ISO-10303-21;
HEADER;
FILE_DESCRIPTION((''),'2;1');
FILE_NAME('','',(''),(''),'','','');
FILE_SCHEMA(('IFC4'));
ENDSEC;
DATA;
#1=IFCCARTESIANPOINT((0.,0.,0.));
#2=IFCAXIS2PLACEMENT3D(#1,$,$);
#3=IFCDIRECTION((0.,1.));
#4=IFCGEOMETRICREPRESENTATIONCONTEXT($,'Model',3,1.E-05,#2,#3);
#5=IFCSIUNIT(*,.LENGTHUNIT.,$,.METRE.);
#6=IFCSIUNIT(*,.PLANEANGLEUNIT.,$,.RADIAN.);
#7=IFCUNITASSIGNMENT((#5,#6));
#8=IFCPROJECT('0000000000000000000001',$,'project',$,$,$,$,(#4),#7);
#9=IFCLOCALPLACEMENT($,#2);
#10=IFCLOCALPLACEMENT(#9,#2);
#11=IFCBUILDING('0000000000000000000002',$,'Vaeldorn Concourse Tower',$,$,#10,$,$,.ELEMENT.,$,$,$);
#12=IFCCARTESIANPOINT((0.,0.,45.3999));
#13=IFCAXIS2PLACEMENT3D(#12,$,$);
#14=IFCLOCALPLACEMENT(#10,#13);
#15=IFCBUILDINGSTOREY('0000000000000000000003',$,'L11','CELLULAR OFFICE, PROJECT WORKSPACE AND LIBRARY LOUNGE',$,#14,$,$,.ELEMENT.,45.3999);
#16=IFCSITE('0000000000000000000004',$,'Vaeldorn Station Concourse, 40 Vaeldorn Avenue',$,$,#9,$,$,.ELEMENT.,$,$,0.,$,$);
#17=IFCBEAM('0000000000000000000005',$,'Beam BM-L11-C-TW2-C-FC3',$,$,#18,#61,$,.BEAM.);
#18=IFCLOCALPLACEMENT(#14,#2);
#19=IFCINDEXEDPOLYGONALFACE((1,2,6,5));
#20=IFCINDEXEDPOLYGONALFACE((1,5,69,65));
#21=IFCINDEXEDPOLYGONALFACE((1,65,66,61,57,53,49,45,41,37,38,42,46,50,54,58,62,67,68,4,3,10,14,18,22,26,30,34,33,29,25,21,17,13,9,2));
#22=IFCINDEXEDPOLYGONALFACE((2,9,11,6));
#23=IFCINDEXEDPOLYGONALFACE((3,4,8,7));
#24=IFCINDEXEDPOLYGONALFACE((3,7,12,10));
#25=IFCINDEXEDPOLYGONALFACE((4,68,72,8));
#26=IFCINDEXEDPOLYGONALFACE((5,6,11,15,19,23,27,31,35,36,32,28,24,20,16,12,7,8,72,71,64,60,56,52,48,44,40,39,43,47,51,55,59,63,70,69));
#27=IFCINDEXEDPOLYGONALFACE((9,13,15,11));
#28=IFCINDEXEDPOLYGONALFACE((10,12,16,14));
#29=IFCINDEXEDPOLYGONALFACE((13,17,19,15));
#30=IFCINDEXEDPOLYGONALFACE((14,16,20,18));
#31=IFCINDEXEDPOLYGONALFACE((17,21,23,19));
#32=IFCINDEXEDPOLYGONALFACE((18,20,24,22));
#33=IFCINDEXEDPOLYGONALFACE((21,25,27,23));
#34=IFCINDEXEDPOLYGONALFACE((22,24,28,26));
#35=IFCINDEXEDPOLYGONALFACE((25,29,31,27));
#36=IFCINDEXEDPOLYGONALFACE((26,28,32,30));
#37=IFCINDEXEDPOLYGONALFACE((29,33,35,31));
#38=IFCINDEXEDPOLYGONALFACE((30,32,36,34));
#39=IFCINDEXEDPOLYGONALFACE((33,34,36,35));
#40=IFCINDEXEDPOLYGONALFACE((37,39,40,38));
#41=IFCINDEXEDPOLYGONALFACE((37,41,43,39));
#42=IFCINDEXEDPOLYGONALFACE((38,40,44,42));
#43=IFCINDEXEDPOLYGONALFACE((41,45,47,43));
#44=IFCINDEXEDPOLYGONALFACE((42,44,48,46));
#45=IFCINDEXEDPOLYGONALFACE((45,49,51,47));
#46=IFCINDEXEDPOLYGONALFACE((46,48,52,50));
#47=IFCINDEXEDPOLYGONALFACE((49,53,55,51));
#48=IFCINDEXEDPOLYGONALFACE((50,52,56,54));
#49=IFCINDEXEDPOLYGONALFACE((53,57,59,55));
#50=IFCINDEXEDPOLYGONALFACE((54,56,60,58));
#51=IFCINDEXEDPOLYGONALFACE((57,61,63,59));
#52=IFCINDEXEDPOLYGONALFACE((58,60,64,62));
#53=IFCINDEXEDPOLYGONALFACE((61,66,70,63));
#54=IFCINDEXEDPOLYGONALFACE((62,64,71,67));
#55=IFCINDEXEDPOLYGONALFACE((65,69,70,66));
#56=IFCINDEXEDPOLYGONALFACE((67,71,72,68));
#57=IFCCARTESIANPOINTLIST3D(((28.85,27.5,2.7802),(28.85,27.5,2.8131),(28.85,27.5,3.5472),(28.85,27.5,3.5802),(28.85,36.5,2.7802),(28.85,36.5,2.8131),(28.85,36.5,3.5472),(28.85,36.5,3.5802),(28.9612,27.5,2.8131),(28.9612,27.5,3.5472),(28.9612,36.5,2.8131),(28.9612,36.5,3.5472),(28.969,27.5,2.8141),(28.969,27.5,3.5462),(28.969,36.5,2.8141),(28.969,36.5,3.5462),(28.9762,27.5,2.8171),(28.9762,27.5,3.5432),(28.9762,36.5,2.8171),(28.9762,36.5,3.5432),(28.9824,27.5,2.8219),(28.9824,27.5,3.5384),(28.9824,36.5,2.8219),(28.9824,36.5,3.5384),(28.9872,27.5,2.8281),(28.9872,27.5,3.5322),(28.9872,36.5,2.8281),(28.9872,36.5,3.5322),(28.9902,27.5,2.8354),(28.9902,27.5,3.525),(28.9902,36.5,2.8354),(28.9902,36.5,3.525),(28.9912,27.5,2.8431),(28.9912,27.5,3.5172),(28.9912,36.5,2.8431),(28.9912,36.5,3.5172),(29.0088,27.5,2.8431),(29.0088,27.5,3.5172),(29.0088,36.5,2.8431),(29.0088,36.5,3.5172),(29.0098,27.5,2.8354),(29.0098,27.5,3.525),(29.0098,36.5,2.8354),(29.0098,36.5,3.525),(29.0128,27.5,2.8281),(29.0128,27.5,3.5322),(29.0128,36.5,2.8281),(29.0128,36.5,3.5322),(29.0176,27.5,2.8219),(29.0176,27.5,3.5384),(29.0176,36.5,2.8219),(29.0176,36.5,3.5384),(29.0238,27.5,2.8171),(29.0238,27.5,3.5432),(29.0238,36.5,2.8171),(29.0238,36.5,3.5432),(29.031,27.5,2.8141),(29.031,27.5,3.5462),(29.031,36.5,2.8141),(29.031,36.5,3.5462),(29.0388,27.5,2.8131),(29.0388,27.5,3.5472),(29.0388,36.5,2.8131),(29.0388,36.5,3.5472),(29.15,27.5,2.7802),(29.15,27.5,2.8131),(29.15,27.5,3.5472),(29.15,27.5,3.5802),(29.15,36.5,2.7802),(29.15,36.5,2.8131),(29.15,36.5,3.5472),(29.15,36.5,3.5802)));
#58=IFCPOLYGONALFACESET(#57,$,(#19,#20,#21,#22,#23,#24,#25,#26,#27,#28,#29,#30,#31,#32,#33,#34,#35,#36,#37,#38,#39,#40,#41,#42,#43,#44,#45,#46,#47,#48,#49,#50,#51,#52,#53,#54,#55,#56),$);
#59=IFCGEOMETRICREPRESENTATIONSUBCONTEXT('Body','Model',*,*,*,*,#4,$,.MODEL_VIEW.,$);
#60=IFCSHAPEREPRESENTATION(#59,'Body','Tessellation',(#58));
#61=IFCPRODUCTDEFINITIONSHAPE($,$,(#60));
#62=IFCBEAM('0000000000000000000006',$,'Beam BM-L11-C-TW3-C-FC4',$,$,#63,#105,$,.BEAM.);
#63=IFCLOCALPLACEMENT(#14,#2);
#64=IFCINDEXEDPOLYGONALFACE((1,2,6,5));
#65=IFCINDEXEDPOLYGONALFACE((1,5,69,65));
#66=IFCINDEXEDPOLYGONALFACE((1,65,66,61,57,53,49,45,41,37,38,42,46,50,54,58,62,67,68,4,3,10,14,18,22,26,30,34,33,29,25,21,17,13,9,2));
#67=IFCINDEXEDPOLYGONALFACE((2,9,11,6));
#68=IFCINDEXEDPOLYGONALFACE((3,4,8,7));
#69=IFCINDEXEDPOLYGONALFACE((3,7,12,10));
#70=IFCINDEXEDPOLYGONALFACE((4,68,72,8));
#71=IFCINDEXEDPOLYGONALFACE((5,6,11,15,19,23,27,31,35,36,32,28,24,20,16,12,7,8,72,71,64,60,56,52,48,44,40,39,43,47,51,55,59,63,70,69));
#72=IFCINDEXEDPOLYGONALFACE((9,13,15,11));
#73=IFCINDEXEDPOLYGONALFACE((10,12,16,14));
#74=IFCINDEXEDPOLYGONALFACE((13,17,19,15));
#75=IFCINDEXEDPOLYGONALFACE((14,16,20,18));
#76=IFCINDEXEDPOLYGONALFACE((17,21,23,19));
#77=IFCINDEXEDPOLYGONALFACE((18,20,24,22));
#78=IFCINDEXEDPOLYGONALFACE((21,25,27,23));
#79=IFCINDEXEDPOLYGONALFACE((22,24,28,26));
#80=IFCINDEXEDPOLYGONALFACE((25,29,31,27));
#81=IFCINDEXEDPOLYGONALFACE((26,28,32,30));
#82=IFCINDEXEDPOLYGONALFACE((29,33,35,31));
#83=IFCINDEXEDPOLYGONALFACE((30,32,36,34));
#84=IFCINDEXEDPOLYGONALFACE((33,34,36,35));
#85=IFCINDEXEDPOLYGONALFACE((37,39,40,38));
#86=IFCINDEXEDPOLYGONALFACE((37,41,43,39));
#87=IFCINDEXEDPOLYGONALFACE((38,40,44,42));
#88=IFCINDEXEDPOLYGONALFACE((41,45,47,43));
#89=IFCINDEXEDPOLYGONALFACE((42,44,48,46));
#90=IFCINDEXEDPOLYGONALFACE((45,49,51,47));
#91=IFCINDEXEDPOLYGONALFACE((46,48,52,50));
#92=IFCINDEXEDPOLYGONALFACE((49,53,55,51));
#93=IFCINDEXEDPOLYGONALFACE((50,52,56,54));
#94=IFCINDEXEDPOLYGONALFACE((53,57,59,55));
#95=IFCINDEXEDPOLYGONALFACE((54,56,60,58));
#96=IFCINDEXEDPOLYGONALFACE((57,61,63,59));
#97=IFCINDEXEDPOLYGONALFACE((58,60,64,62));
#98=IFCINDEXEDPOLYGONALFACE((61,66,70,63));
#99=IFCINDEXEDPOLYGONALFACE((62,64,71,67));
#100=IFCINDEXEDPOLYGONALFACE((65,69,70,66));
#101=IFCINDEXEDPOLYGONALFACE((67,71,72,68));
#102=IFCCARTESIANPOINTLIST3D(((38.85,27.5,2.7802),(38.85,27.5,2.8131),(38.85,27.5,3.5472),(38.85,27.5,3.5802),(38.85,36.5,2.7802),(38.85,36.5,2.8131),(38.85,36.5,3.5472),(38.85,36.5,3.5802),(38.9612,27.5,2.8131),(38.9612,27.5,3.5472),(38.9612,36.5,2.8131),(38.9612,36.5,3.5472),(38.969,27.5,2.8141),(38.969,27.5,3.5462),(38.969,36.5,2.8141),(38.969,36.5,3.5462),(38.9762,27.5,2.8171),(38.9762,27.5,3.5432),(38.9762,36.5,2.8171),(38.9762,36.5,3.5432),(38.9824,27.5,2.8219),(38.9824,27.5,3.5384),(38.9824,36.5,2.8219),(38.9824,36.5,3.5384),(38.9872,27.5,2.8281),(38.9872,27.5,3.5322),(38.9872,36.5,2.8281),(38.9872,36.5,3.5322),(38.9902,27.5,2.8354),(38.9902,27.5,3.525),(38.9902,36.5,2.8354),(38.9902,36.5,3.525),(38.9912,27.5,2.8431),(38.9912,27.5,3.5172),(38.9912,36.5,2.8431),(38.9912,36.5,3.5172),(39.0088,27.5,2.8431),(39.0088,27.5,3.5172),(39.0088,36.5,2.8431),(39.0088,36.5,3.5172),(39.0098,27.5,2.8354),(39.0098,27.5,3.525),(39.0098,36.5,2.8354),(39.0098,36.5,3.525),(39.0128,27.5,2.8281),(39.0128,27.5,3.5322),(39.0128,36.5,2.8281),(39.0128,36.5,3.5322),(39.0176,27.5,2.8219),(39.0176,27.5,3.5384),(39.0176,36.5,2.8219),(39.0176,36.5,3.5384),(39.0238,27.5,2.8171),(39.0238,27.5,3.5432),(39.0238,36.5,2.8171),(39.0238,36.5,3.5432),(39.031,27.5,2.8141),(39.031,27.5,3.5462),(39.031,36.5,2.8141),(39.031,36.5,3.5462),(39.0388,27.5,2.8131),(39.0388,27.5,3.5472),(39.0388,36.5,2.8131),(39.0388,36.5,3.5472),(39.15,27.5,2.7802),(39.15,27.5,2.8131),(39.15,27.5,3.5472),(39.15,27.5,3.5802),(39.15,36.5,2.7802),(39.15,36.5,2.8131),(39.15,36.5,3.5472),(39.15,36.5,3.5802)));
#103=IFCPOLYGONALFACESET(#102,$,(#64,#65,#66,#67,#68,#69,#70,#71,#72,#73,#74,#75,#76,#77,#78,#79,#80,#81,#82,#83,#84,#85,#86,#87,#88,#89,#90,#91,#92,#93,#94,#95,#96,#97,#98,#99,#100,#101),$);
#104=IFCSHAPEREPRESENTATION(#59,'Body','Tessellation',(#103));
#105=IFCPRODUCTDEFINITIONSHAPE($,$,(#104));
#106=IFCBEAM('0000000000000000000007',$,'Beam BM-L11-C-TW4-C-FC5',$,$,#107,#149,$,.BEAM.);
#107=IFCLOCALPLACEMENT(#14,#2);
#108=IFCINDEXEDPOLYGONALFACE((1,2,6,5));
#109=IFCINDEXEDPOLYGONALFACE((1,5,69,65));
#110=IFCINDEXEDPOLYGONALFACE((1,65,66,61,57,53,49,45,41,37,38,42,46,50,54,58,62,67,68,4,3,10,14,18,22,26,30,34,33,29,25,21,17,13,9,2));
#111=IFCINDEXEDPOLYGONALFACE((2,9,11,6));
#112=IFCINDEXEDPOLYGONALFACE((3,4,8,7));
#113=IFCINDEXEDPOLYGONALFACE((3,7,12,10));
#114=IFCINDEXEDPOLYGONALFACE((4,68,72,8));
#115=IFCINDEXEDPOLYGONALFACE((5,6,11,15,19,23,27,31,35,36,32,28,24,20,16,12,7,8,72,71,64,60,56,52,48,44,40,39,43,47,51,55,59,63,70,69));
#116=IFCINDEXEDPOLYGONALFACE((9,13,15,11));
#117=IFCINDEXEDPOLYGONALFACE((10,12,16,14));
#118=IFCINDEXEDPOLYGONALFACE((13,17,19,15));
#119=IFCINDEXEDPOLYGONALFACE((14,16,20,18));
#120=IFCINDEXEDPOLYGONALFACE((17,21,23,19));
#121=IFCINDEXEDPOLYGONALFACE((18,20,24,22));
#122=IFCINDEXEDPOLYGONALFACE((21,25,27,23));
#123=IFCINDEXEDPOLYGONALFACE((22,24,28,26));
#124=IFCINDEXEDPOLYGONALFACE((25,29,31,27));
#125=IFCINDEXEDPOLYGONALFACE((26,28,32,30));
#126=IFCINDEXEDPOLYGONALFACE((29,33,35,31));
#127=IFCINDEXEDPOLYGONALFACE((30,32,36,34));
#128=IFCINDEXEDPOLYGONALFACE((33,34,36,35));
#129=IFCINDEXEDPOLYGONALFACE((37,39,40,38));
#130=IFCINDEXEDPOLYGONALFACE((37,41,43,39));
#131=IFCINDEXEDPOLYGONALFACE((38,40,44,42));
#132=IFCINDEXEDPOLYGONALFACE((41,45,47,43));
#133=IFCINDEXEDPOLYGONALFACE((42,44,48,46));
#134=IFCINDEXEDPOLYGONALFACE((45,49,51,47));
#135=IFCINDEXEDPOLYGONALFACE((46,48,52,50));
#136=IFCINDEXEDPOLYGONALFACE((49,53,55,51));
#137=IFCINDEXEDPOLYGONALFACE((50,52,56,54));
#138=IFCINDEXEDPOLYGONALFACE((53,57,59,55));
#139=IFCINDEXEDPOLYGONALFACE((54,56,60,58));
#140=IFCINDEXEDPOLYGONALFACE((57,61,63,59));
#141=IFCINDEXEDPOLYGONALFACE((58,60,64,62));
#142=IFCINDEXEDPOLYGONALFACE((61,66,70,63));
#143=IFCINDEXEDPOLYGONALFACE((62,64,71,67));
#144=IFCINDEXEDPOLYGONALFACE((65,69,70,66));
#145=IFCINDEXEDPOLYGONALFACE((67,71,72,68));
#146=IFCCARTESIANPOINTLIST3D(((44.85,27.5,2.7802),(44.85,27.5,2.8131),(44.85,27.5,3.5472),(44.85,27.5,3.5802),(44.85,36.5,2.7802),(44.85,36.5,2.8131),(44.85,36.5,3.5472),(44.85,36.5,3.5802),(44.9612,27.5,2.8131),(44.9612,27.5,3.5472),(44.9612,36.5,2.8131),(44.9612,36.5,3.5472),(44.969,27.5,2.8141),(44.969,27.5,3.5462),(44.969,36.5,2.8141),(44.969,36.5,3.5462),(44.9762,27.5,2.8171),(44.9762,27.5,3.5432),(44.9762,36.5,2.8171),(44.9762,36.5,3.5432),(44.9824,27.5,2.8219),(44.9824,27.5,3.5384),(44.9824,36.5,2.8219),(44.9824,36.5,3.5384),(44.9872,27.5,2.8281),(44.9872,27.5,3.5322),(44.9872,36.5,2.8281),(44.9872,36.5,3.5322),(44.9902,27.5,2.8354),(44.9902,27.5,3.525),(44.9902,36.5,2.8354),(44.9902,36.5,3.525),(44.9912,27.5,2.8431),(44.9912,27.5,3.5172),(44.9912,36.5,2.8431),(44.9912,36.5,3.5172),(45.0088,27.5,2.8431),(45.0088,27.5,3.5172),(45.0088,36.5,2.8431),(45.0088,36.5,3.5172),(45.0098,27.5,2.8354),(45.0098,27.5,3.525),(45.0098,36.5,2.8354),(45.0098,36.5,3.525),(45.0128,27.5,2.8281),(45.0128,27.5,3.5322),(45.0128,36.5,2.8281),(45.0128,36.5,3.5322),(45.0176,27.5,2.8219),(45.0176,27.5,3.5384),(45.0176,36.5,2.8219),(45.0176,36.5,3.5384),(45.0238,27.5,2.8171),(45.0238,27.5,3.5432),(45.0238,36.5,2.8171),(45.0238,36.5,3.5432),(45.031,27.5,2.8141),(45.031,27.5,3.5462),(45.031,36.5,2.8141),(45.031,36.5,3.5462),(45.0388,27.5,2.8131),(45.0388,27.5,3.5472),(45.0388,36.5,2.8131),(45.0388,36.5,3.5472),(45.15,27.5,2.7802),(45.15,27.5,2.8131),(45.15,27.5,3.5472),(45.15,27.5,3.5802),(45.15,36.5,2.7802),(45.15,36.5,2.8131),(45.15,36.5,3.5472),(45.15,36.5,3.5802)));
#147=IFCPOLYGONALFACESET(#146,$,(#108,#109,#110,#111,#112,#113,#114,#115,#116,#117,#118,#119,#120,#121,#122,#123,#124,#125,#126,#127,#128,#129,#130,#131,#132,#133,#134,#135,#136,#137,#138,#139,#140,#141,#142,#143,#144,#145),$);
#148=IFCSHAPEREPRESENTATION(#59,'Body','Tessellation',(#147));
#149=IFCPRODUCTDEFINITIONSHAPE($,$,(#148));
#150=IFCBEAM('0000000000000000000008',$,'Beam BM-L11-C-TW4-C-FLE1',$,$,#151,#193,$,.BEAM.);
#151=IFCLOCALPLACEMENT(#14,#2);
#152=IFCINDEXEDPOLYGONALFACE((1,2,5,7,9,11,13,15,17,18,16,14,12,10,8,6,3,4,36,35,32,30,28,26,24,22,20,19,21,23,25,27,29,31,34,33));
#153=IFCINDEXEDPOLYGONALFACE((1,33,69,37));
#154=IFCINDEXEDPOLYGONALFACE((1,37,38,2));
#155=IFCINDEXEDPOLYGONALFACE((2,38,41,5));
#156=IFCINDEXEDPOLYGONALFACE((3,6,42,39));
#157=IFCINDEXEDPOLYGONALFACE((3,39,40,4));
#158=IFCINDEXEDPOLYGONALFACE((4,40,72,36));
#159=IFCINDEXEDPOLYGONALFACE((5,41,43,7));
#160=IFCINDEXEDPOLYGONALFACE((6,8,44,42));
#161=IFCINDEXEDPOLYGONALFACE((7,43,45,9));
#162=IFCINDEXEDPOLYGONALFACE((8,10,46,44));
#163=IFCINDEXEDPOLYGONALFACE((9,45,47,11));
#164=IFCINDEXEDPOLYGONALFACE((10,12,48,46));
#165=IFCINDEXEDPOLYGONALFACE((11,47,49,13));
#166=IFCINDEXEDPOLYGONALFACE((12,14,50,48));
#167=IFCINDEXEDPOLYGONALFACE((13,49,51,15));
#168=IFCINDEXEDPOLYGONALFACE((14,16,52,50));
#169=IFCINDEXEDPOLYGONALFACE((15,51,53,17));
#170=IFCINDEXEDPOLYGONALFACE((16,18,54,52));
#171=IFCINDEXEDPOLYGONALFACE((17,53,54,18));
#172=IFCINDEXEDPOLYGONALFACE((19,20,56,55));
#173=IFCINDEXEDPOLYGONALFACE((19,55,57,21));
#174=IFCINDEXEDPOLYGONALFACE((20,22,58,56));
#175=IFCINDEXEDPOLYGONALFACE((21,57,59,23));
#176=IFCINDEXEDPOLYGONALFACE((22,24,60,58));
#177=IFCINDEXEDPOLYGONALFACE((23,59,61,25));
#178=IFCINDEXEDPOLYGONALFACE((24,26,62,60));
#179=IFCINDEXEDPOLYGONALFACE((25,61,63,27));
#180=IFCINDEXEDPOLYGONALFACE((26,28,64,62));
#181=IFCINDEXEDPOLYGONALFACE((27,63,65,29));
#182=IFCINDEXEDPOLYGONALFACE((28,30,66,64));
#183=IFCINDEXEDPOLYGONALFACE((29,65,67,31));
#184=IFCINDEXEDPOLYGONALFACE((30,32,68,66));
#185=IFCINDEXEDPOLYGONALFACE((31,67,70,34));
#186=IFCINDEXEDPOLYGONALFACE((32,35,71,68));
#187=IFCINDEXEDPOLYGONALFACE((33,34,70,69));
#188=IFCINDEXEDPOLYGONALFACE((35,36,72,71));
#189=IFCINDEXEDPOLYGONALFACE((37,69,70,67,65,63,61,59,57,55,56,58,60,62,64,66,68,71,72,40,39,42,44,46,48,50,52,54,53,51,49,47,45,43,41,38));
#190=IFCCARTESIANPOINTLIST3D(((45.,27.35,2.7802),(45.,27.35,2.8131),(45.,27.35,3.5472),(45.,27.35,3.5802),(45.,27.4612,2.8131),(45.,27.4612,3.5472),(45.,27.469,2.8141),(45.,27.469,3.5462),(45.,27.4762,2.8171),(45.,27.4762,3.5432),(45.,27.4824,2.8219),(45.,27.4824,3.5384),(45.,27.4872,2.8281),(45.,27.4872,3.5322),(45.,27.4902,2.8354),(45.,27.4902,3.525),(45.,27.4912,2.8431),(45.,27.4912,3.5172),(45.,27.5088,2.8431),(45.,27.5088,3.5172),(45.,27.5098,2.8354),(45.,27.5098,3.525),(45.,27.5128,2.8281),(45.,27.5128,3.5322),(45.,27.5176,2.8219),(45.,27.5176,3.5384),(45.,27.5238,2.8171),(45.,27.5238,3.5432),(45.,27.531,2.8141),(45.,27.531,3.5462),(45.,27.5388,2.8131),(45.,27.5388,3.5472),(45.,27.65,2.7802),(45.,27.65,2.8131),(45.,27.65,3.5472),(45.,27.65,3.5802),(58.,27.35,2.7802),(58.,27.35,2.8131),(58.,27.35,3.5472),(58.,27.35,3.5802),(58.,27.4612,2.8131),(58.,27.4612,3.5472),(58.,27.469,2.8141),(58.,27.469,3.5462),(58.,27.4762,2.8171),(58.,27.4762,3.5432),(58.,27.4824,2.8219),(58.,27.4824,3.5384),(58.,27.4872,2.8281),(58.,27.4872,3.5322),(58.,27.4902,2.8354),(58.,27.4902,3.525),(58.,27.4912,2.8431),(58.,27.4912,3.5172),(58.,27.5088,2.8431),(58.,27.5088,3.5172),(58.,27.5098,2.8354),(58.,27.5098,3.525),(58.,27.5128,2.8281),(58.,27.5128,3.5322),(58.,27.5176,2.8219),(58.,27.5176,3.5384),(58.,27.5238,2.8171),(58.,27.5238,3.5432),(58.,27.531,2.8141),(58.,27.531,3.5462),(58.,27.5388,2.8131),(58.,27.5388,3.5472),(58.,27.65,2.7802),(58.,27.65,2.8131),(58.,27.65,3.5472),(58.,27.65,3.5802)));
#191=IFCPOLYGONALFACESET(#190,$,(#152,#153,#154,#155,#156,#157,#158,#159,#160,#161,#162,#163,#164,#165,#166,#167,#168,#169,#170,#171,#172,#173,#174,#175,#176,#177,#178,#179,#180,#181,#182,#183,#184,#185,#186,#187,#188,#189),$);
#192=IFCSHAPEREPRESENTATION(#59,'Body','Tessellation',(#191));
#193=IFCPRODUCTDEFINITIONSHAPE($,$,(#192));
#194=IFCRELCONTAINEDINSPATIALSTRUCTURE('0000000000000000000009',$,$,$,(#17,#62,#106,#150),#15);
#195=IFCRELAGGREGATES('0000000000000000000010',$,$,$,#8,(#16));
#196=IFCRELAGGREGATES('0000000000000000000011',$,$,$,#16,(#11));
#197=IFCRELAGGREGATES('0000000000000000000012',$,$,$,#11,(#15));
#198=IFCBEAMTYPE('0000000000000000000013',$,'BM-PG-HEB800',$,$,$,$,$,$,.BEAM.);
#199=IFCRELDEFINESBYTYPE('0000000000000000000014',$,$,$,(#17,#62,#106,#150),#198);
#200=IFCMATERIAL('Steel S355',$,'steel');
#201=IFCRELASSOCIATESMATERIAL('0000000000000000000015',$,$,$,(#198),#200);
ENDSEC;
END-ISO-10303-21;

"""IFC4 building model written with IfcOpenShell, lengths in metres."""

from ifc_helpers import new_model, si_unit, direction, frame, origin, origin_2d, place, context, subcontext, project, spatial, i_section, extrude, source, transform, mapped, material, material_profile, profile_set, type_object, element, save


model = new_model("IFC4")

# Units and contexts
model_context = context("Model", 3, precision=1e-05, world=origin(), true_north=direction((0.0, 1.0)))
body_context = subcontext(model_context, "Body", "Model", "MODEL_VIEW")
ifc_project = project(units=[si_unit("LENGTHUNIT", "METRE"), si_unit("PLANEANGLEUNIT", "RADIAN")], contexts=[model_context])

# Site, building, storey
site_placement = place(None, origin())
site = spatial("IfcSite", under=ifc_project, at=site_placement, Name="Vaeldorn Station Concourse, 40 Vaeldorn Avenue", CompositionType="ELEMENT", RefElevation=0.0)
building_placement = place(site_placement, origin())
building = spatial("IfcBuilding", under=site, at=building_placement, Name="Vaeldorn Concourse Tower", CompositionType="ELEMENT")
storey_placement = place(building_placement, frame((0.0, 0.0, 45.3999)))
storey = spatial("IfcBuildingStorey", under=building, at=storey_placement, Name="L11", Description="CELLULAR OFFICE, PROJECT WORKSPACE AND LIBRARY LOUNGE", CompositionType="ELEMENT", Elevation=45.3999)

# Beams
ifc_material_1 = material(Name="Steel S355", Category="steel")
ifc_material_profile_1 = material_profile(ifc_material_1, i_section(OverallWidth=0.3, OverallDepth=0.8, WebThickness=0.0176, FlangeThickness=0.033, FilletRadius=0.03, at=origin_2d()), Name="HEB 800")
ifc_profile_set_1 = profile_set([ifc_material_profile_1], Name="Steel S355")
beam_type_1 = type_object("IfcBeamType", Name="BM-PG-HEB800", PredefinedType="BEAM", material=ifc_profile_set_1)
shared_shape_1 = source(origin(), body_context, "Body", "SweptSolid", [
    extrude(i_section(OverallWidth=0.3, OverallDepth=0.8, WebThickness=0.0176, FlangeThickness=0.033, FilletRadius=0.03, at=origin_2d()), origin(), (0.0, 0.0, 1.0), 9.0),
])
for number, where, z_axis, x_axis, name in (
    (1, (29.0, 27.5, 3.1802), (0.0, 1.0, 0.0), (-1.0, 0.0, 0.0), "Beam BM-L11-C-TW2-C-FC3"),
    (2, (39.0, 27.5, 3.1802), (0.0, 1.0, 0.0), (-1.0, 0.0, 0.0), "Beam BM-L11-C-TW3-C-FC4"),
    (3, (45.0, 27.5, 3.1802), (0.0, 1.0, 0.0), (-1.0, 0.0, 0.0), "Beam BM-L11-C-TW4-C-FC5"),
):
    element("IfcBeam", number, at=place(storey_placement, frame(where, z_axis=z_axis, x_axis=x_axis)), inside=storey, type_object=beam_type_1, Name=name, PredefinedType="BEAM", context=body_context, shape_type="MappedRepresentation", body=[
        mapped(shared_shape_1, transform((0.0, 0.0, 0.0), scale=1.0)),
    ])
shared_shape_2 = source(origin(), body_context, "Body", "SweptSolid", [
    extrude(i_section(OverallWidth=0.3, OverallDepth=0.8, WebThickness=0.0176, FlangeThickness=0.033, FilletRadius=0.03, at=origin_2d()), origin(), (0.0, 0.0, 1.0), 13.0),
])
beam_1_placement = place(storey_placement, frame((45.0, 27.5, 3.1802), z_axis=(1.0, 0.0, 0.0), x_axis=(0.0, 1.0, 0.0)))
element("IfcBeam", 4, at=beam_1_placement, inside=storey, type_object=beam_type_1, Name="Beam BM-L11-C-TW4-C-FLE1", PredefinedType="BEAM", context=body_context, shape_type="MappedRepresentation", body=[
    mapped(shared_shape_2, transform((0.0, 0.0, 0.0), scale=1.0)),
])

save(model, "model.ifc")
